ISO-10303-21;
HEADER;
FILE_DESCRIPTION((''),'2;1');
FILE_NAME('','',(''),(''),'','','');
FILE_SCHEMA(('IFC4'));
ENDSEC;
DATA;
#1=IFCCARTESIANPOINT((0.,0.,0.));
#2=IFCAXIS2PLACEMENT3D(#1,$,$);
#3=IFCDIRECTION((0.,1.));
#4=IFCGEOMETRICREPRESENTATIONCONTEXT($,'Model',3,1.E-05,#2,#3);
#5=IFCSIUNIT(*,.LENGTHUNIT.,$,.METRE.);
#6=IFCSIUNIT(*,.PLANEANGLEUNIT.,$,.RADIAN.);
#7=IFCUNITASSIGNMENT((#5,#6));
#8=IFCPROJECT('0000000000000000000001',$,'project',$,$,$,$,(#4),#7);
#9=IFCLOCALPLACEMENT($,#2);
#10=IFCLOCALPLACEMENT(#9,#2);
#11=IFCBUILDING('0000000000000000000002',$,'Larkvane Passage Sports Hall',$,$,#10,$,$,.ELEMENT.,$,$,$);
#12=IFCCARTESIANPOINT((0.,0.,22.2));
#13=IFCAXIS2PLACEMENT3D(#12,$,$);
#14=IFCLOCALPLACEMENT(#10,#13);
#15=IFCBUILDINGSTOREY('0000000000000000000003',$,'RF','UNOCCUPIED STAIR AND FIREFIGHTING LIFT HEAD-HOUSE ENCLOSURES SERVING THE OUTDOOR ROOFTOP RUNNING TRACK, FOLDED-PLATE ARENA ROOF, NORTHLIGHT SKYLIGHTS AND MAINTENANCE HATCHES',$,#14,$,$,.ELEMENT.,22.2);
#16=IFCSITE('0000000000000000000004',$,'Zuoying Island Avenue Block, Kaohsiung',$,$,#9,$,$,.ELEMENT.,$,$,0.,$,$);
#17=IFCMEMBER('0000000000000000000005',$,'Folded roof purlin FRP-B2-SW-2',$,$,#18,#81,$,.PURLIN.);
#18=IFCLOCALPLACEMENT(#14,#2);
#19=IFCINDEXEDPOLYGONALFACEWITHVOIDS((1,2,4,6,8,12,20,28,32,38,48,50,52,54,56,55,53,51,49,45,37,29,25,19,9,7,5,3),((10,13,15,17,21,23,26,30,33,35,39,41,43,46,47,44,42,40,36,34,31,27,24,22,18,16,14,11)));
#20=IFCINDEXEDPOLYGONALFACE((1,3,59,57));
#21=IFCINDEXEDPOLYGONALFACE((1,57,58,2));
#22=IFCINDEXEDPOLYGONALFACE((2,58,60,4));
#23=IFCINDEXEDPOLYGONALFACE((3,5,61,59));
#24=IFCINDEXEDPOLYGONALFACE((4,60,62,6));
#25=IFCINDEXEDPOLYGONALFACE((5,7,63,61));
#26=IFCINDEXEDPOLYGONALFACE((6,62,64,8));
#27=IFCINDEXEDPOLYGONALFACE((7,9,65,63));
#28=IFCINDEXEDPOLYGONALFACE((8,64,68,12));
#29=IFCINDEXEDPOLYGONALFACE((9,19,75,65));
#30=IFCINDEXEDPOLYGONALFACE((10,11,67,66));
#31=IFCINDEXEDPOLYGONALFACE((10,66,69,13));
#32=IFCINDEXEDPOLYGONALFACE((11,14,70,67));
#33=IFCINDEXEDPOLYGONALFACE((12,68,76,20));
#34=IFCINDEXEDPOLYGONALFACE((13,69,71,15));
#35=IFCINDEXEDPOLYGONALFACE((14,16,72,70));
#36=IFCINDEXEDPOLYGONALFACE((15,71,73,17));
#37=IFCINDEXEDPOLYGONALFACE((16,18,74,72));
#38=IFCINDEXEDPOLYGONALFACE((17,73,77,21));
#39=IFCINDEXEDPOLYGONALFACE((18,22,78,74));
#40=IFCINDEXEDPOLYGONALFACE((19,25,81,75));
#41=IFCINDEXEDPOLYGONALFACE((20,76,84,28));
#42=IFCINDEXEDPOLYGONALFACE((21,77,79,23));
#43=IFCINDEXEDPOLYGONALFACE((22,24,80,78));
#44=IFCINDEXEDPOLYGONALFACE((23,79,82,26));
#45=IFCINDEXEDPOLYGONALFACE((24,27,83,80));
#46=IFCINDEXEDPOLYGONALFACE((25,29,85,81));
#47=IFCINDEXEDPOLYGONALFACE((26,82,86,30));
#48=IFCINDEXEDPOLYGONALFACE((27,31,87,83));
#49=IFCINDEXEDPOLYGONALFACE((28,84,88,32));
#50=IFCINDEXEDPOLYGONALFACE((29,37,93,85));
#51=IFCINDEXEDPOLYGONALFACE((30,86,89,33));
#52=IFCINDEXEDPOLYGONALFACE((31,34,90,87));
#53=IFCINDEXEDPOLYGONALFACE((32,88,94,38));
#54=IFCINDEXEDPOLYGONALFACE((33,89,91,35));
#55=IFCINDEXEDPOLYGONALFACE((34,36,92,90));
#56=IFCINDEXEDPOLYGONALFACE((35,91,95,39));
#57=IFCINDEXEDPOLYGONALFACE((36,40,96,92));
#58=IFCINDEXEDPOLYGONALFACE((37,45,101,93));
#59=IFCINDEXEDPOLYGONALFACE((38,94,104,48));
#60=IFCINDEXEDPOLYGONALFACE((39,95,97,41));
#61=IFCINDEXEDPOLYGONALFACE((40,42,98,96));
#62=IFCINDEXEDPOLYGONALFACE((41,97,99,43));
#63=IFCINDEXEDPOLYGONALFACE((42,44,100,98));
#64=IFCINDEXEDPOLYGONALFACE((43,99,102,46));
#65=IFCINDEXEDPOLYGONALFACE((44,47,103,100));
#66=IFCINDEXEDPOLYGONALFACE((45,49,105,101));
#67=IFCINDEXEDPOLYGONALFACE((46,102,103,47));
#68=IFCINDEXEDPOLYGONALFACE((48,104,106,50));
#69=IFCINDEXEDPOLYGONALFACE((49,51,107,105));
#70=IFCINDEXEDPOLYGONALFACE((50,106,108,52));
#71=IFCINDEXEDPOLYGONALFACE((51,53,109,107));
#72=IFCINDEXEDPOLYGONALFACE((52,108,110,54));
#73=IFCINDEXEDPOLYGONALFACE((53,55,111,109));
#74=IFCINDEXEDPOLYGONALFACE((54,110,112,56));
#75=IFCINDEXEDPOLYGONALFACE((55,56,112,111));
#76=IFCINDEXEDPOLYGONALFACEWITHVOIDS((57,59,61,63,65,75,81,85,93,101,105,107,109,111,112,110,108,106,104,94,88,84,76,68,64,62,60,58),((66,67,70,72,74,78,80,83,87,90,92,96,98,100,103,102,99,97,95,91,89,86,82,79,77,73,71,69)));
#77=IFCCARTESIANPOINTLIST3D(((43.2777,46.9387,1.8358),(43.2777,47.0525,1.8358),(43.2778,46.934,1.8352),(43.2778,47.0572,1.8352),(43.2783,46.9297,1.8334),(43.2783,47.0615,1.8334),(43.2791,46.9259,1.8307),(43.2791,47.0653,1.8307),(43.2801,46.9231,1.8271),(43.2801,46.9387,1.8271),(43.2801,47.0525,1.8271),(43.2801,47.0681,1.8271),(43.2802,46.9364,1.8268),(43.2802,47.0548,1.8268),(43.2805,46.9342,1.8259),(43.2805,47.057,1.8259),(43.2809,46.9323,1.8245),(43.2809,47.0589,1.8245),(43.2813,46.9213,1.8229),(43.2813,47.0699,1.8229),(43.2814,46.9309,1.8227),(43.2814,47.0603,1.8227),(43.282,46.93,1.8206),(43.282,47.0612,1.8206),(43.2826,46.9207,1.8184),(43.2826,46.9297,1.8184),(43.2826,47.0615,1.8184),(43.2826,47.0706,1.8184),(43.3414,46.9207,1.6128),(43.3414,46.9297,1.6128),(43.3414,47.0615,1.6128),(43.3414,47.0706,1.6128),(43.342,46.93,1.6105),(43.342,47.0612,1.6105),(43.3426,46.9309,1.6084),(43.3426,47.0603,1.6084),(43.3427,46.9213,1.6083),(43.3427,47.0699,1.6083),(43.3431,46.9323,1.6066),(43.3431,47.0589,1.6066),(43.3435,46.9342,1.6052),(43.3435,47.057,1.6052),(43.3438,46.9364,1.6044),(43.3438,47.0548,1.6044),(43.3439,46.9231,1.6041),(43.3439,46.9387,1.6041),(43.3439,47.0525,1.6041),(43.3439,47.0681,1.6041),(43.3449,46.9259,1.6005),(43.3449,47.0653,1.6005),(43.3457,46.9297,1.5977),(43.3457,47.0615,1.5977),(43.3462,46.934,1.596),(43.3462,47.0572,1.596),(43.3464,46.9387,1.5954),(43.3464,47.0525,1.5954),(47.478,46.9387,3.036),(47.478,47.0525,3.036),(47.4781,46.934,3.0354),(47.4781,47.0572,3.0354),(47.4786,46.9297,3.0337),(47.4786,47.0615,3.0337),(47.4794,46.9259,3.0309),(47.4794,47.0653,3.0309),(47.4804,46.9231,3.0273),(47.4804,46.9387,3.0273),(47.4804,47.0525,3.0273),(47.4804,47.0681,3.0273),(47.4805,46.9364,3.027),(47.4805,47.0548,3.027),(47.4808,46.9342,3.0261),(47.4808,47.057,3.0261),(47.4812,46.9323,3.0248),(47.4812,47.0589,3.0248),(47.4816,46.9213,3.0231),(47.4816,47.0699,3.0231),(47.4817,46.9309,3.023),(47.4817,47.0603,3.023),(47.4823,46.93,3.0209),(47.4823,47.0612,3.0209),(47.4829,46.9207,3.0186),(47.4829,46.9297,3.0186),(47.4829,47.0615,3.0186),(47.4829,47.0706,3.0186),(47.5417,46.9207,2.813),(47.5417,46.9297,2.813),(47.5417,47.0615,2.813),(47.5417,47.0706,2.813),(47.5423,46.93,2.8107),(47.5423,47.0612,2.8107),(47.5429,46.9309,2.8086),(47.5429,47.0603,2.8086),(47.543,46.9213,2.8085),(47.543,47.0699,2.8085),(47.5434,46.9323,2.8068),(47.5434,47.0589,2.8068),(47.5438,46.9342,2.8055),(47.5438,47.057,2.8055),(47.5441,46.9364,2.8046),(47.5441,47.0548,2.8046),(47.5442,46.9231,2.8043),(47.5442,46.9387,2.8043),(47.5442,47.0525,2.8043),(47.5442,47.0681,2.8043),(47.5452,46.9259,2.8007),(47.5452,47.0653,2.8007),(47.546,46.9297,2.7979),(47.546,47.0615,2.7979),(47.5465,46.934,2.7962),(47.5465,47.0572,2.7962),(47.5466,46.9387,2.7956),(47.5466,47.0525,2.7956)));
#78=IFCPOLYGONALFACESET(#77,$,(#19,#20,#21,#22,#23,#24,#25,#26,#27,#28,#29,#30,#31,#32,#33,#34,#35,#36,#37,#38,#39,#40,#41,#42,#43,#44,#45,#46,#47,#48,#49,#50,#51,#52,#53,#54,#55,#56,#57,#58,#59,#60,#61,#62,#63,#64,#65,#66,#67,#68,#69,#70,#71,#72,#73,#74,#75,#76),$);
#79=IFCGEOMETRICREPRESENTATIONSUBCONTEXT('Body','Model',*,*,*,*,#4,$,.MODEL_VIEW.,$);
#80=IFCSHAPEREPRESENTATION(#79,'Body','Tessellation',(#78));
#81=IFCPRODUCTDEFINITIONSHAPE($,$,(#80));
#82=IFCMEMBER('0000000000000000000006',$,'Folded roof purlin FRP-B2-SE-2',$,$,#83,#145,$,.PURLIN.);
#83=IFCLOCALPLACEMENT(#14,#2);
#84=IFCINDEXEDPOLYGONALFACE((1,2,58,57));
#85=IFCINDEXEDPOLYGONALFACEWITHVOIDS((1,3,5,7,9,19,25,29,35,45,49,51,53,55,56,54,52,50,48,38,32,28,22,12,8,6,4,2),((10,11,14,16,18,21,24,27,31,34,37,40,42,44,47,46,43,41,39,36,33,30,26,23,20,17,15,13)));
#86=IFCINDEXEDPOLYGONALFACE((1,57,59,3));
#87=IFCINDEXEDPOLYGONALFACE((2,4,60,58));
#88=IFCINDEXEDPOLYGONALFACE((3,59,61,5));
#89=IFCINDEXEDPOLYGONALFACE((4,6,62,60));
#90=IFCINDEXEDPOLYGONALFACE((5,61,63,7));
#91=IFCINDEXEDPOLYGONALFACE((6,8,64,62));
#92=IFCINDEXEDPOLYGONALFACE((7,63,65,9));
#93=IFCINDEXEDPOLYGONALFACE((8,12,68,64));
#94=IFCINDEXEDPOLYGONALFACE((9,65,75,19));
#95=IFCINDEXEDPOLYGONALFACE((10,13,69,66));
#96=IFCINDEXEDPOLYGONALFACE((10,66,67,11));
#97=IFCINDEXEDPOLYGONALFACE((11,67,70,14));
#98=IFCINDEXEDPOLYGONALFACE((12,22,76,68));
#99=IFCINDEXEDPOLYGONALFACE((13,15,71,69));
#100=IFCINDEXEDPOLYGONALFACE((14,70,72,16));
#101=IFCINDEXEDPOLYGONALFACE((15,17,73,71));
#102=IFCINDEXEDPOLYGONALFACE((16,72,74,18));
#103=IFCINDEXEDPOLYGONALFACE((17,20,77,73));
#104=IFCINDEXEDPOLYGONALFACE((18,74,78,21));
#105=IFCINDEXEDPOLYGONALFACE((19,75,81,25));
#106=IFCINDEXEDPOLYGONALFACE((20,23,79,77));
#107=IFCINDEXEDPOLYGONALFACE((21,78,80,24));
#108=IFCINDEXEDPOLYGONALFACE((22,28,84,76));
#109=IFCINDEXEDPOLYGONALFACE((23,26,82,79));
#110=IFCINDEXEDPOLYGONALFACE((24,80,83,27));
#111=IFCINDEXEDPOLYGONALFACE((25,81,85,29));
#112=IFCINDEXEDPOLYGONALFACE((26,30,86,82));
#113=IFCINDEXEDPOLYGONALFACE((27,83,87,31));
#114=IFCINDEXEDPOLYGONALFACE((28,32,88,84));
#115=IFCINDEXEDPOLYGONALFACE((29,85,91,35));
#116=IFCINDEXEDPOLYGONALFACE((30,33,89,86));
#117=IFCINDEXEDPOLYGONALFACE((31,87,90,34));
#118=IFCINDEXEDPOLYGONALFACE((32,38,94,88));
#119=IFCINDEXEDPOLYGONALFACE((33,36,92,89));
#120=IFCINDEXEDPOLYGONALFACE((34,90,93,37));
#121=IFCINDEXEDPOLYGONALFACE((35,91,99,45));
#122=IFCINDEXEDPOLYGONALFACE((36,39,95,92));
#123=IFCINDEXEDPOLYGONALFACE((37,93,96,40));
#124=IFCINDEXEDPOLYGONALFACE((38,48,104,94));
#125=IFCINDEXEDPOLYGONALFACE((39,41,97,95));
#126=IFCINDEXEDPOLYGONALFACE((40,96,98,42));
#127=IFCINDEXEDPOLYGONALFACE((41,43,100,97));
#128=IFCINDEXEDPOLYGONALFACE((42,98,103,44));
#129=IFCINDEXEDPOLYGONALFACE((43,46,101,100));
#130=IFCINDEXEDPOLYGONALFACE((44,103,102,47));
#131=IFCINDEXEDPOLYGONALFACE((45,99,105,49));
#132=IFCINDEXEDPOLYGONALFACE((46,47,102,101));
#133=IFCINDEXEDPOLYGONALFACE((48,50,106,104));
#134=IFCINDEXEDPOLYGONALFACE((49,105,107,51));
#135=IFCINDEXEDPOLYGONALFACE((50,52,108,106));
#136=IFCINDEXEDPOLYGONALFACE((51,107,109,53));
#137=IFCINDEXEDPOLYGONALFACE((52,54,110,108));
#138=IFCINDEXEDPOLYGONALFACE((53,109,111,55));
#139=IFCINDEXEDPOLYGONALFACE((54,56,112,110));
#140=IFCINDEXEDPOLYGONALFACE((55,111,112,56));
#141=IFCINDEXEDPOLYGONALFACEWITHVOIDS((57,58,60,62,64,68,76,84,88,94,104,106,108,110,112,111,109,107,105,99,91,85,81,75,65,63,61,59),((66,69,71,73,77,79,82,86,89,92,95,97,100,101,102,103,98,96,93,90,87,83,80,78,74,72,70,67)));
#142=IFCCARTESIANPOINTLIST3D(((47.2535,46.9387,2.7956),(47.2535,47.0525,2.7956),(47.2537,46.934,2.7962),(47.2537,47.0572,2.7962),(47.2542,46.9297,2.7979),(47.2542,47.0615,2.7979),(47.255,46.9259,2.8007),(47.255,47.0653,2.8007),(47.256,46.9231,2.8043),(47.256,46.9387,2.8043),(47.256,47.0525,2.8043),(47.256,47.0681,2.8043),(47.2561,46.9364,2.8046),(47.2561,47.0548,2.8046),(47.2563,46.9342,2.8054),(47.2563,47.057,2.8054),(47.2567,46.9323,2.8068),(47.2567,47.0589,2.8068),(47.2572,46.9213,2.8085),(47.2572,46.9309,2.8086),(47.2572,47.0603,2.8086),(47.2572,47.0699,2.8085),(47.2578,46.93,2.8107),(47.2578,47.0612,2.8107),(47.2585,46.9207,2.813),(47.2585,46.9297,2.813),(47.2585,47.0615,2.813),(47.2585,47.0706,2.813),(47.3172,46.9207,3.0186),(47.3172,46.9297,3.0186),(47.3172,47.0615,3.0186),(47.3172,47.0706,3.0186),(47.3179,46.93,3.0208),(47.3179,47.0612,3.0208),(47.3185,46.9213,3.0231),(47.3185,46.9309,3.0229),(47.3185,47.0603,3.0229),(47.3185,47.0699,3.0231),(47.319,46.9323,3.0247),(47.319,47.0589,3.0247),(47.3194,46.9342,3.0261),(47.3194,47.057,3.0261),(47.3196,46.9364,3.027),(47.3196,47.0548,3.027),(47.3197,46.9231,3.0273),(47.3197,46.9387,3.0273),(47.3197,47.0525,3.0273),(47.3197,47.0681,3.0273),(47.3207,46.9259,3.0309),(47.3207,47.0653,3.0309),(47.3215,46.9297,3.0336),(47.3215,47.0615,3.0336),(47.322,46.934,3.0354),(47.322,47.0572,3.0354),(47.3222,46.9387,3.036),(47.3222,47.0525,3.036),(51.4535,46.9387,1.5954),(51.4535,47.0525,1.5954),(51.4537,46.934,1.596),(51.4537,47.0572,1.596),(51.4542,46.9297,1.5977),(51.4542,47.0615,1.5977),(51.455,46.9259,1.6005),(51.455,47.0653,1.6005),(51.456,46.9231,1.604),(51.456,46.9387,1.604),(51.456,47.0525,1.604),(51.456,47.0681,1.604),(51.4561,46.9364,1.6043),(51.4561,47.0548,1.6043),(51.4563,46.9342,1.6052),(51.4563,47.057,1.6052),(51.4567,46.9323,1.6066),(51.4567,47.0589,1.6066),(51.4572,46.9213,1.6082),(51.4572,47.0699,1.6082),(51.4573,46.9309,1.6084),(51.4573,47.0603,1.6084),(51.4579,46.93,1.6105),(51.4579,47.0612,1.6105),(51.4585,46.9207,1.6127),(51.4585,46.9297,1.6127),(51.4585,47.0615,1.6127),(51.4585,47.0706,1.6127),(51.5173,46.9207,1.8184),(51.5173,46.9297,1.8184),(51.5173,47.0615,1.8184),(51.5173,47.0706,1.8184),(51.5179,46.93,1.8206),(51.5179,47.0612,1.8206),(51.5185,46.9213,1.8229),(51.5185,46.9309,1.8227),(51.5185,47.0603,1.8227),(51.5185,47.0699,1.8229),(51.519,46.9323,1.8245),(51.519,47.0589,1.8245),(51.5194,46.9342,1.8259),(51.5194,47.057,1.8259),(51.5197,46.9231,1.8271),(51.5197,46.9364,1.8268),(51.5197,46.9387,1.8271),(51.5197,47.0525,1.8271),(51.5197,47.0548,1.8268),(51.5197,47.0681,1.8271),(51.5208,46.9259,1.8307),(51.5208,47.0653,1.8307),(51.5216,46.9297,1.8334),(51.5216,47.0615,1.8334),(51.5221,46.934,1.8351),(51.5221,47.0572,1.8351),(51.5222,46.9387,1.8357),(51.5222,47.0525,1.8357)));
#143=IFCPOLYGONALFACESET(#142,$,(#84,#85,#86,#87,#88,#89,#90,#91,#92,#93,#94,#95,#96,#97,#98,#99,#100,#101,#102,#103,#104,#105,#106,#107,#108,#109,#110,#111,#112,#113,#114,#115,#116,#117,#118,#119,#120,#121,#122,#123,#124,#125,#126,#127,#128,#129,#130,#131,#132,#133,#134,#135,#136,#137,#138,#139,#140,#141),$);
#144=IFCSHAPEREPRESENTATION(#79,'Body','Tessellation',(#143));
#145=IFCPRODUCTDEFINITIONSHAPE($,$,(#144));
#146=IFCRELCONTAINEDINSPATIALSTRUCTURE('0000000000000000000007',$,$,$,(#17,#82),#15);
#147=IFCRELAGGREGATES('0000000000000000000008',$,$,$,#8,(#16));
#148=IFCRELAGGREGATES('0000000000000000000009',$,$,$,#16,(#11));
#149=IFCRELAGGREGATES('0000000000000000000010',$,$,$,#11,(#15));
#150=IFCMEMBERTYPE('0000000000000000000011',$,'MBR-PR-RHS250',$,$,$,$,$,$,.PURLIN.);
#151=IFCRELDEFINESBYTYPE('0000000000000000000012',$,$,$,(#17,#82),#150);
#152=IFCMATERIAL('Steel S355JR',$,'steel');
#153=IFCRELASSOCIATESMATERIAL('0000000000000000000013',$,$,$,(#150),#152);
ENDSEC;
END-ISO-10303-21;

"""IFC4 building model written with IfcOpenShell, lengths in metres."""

from ifc_helpers import new_model, si_unit, direction, frame, origin, origin_2d, place, context, subcontext, project, spatial, hollow_rectangle, extrude, material, material_profile, profile_set, type_object, element, save


model = new_model("IFC4")

# Units and contexts
model_context = context("Model", 3, precision=1e-05, world=origin(), true_north=direction((0.0, 1.0)))
body_context = subcontext(model_context, "Body", "Model", "MODEL_VIEW")
ifc_project = project(units=[si_unit("LENGTHUNIT", "METRE"), si_unit("PLANEANGLEUNIT", "RADIAN")], contexts=[model_context])

# Site, building, storey
site_placement = place(None, origin())
site = spatial("IfcSite", under=ifc_project, at=site_placement, Name="Zuoying Island Avenue Block, Kaohsiung", CompositionType="ELEMENT", RefElevation=0.0)
building_placement = place(site_placement, origin())
building = spatial("IfcBuilding", under=site, at=building_placement, Name="Larkvane Passage Sports Hall", CompositionType="ELEMENT")
storey_placement = place(building_placement, frame((0.0, 0.0, 22.2)))
storey = spatial("IfcBuildingStorey", under=building, at=storey_placement, Name="RF", Description="UNOCCUPIED STAIR AND FIREFIGHTING LIFT HEAD-HOUSE ENCLOSURES SERVING THE OUTDOOR ROOFTOP RUNNING TRACK, FOLDED-PLATE ARENA ROOF, NORTHLIGHT SKYLIGHTS AND MAINTENANCE HATCHES", CompositionType="ELEMENT", Elevation=22.2)

# Members
ifc_material_1 = material(Name="Steel S355JR", Category="steel")
ifc_material_profile_1 = material_profile(ifc_material_1, hollow_rectangle(XDim=0.1499, YDim=0.25, WallThickness=0.009, InnerFilletRadius=0.009, OuterFilletRadius=0.0181, at=origin_2d()), Name="RHS-250x150x9")
ifc_profile_set_1 = profile_set([ifc_material_profile_1], Name="Steel S355JR")
member_type_1 = type_object("IfcMemberType", Name="MBR-PR-RHS250", PredefinedType="PURLIN", material=ifc_profile_set_1)
member_1_placement = place(storey_placement, frame((43.312, 46.9956, 1.7156), z_axis=(0.961516, 0.0, 0.274751), x_axis=(0.0, 1.0, 0.0)))
element("IfcMember", 1, at=member_1_placement, inside=storey, type_object=member_type_1, Name="Folded roof purlin FRP-B2-SW-2", PredefinedType="PURLIN", context=body_context, shape_type="SweptSolid", body=[
    extrude(hollow_rectangle(XDim=0.1499, YDim=0.25, WallThickness=0.009, InnerFilletRadius=0.009, OuterFilletRadius=0.0181, at=origin_2d()), origin(), (0.0, 0.0, 1.0), 4.3684),
])
member_2_placement = place(storey_placement, frame((47.2878, 46.9956, 2.9158), z_axis=(0.961511, 0.0, -0.274765), x_axis=(0.0, 1.0, 0.0)))
element("IfcMember", 2, at=member_2_placement, inside=storey, type_object=member_type_1, Name="Folded roof purlin FRP-B2-SE-2", PredefinedType="PURLIN", context=body_context, shape_type="SweptSolid", body=[
    extrude(hollow_rectangle(XDim=0.1499, YDim=0.25, WallThickness=0.009, InnerFilletRadius=0.009, OuterFilletRadius=0.0181, at=origin_2d()), origin(), (0.0, 0.0, 1.0), 4.3682),
])

save(model, "model.ifc")
